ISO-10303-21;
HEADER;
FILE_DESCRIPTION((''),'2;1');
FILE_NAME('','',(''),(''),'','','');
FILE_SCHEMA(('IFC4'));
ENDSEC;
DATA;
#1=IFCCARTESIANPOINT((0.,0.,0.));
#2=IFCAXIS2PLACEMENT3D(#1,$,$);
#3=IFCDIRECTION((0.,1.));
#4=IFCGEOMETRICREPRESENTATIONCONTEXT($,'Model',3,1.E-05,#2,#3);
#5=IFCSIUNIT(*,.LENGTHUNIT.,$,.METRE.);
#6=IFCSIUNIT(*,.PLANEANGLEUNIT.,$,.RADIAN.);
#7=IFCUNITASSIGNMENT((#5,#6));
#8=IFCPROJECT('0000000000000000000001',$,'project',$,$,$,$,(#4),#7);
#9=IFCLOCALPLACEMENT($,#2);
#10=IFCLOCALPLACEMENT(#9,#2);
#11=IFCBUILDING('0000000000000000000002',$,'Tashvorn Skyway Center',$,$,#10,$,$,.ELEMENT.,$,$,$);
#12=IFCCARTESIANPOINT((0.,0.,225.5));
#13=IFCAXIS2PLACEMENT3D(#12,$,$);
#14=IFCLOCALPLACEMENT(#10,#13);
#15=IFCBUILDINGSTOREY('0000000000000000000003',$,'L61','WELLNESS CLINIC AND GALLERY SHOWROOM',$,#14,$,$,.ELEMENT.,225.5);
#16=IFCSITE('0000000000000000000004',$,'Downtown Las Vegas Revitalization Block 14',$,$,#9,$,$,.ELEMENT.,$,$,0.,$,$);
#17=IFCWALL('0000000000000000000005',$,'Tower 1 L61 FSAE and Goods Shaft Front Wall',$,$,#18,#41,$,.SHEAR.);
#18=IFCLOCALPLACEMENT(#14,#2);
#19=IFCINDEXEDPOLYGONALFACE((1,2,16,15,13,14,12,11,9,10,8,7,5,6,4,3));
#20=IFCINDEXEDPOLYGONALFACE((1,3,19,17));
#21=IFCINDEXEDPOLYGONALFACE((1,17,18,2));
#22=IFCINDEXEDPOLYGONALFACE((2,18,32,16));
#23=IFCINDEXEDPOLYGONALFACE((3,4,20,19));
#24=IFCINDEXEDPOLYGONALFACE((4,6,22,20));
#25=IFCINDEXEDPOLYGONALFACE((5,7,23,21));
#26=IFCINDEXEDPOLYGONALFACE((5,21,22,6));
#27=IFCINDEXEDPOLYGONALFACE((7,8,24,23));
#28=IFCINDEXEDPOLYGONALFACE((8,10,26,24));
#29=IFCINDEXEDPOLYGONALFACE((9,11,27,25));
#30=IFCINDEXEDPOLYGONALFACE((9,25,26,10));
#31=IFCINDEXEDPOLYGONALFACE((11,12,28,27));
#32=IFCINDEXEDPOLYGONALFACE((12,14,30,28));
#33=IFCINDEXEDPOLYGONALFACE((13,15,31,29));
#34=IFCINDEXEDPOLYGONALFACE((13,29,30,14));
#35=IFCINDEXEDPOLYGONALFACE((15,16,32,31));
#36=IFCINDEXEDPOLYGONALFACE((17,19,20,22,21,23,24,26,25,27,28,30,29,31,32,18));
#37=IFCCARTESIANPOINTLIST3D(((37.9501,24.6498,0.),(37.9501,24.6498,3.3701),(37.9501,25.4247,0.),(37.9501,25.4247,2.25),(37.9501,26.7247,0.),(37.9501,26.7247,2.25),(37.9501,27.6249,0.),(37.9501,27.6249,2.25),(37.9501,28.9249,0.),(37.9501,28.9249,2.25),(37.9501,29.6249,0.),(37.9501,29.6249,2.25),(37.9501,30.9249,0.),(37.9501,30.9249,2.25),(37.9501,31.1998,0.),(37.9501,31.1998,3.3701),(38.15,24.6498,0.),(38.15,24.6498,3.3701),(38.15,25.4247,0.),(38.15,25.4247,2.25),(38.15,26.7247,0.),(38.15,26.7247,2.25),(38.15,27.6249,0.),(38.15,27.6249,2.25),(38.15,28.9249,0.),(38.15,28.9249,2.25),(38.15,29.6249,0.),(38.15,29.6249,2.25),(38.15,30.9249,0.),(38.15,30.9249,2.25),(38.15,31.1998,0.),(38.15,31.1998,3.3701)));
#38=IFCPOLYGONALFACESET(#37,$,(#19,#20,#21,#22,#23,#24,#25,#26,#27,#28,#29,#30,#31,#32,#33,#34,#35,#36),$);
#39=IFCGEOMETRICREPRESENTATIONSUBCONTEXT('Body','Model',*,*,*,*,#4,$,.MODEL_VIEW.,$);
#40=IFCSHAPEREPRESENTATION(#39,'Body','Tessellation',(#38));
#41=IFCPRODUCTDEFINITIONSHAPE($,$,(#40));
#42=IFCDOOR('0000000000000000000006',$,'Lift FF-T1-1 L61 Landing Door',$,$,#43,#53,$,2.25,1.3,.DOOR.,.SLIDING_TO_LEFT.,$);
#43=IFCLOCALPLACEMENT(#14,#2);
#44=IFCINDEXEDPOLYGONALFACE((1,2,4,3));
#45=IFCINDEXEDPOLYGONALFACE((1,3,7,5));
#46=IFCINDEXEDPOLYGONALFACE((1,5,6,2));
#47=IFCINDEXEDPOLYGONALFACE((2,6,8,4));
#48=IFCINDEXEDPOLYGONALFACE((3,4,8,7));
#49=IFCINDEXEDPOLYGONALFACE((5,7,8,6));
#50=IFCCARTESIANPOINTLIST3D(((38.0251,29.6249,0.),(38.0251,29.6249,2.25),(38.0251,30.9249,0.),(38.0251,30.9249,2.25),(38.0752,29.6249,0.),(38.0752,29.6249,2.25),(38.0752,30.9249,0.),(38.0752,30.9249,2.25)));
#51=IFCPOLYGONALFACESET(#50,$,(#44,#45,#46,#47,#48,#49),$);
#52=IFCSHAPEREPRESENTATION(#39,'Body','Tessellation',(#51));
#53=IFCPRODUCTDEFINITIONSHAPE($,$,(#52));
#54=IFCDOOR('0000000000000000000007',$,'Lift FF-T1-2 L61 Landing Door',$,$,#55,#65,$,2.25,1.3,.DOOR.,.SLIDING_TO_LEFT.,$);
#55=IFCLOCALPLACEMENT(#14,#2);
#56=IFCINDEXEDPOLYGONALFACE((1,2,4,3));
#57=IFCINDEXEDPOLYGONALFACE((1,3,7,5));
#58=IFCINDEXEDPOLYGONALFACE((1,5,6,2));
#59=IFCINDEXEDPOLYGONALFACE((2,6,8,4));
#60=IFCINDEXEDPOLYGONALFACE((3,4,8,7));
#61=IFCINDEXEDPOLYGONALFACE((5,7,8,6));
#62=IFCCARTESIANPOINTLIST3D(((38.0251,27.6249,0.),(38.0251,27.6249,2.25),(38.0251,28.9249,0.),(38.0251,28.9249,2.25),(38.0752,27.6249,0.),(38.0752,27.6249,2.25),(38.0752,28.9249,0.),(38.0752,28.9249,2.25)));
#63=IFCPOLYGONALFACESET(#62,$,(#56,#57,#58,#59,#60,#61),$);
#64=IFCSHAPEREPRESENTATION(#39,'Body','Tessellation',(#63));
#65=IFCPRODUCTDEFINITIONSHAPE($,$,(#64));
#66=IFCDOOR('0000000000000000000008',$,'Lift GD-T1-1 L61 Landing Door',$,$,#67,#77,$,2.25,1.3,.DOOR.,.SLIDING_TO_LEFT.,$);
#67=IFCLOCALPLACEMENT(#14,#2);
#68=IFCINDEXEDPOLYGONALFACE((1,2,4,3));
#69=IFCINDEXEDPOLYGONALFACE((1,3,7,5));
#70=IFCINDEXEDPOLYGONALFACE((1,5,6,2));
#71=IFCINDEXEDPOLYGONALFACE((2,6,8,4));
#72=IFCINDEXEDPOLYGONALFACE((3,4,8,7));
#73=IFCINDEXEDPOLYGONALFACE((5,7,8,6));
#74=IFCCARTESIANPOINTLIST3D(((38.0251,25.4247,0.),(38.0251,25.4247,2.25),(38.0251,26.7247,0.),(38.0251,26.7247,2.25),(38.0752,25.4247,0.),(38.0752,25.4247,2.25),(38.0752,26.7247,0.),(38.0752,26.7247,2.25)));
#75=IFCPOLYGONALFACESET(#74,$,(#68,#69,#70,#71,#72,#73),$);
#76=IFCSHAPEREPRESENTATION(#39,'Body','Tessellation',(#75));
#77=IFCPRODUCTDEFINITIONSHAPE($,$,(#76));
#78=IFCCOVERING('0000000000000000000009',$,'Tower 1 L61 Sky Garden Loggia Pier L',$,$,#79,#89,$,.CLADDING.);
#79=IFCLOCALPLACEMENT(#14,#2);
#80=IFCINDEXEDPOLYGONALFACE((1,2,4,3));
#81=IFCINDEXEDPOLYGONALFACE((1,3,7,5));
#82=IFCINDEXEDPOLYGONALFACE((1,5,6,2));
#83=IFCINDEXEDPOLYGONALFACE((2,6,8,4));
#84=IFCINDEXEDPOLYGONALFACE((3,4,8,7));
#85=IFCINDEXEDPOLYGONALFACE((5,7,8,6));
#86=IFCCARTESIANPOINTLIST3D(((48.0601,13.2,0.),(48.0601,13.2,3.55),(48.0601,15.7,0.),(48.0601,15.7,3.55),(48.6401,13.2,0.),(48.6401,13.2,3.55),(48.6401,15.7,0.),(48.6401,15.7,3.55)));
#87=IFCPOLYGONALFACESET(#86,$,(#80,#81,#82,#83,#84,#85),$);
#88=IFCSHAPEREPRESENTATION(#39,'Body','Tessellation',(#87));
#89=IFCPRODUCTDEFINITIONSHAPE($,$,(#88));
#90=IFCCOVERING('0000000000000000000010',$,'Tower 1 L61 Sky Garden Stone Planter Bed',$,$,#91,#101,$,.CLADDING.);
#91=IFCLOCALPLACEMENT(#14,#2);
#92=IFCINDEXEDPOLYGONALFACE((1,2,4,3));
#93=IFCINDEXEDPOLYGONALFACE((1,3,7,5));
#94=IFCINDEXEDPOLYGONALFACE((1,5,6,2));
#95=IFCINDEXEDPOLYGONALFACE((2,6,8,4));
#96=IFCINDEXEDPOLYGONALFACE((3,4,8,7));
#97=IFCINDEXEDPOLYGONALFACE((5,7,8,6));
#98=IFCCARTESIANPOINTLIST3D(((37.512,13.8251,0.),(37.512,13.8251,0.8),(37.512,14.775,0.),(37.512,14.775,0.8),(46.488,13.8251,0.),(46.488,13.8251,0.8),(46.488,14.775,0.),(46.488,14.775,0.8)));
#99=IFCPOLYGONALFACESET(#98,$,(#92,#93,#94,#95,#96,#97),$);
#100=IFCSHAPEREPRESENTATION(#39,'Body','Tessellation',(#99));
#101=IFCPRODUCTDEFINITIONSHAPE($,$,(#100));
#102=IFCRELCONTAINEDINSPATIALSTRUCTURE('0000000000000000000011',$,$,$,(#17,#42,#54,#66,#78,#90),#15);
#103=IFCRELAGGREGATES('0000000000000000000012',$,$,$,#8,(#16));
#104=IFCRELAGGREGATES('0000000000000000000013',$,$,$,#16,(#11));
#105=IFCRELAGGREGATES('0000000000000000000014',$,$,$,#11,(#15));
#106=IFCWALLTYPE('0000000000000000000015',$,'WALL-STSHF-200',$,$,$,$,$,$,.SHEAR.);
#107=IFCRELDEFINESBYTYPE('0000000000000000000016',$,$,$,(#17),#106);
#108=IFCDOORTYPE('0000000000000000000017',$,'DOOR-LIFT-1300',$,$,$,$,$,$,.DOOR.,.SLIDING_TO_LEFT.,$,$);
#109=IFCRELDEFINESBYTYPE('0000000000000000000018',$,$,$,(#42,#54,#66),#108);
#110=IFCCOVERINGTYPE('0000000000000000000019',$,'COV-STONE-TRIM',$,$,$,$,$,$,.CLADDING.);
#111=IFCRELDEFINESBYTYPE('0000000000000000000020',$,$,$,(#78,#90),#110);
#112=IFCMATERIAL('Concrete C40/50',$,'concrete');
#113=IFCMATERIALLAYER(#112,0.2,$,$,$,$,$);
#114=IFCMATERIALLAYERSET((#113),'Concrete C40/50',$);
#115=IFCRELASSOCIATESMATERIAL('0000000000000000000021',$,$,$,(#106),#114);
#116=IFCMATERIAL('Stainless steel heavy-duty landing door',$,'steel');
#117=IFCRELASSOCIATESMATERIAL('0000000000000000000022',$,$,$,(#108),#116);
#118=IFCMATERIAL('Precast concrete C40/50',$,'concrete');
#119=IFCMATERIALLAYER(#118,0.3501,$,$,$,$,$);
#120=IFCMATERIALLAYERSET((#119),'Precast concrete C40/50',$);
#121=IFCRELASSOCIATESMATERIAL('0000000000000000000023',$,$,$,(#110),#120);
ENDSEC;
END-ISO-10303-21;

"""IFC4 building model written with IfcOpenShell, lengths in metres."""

from ifc_helpers import new_model, si_unit, direction, frame, frame_2d, origin, origin_2d, place, context, subcontext, project, spatial, rectangle, extrude, material, layer, layer_set, type_object, element, fill, save


model = new_model("IFC4")

# Units and contexts
model_context = context("Model", 3, precision=1e-05, world=origin(), true_north=direction((0.0, 1.0)))
body_context = subcontext(model_context, "Body", "Model", "MODEL_VIEW")
ifc_project = project(units=[si_unit("LENGTHUNIT", "METRE"), si_unit("PLANEANGLEUNIT", "RADIAN")], contexts=[model_context])

# Site, building, storey
site_placement = place(None, origin())
site = spatial("IfcSite", under=ifc_project, at=site_placement, Name="Downtown Las Vegas Revitalization Block 14", CompositionType="ELEMENT", RefElevation=0.0)
building_placement = place(site_placement, origin())
building = spatial("IfcBuilding", under=site, at=building_placement, Name="Tashvorn Skyway Center", CompositionType="ELEMENT")
storey_placement = place(building_placement, frame((0.0, 0.0, 225.5)))
storey = spatial("IfcBuildingStorey", under=building, at=storey_placement, Name="L61", Description="WELLNESS CLINIC AND GALLERY SHOWROOM", CompositionType="ELEMENT", Elevation=225.5)

# Wall, openings, doors
ifc_material_1 = material(Name="Concrete C40/50", Category="concrete")
ifc_layer_1 = layer(ifc_material_1, 0.2)
ifc_layer_set_1 = layer_set([ifc_layer_1], Name="Concrete C40/50")
wall_type_1 = type_object("IfcWallType", Name="WALL-STSHF-200", PredefinedType="SHEAR", material=ifc_layer_set_1)
wall_1_placement = place(storey_placement, frame((38.05, 24.6499, 0.0), z_axis=(0.0, 0.0, 1.0), x_axis=(0.0, 1.0, 0.0)))
wall_1 = element("IfcWall", 1, at=wall_1_placement, inside=storey, type_object=wall_type_1, Name="Tower 1 L61 FSAE and Goods Shaft Front Wall", PredefinedType="SHEAR", context=body_context, shape_type="SweptSolid", body=[
    extrude(rectangle(XDim=6.55, YDim=0.2, at=frame_2d((3.2749, 0.0))), origin(), (0.0, 0.0, 1.0), 3.3701),
])
opening_1_placement = place(wall_1_placement, frame((4.9751, 0.0, 0.0)))
opening_1 = element("IfcOpeningElement", 2, at=opening_1_placement, cuts=wall_1, PredefinedType="OPENING", context=body_context, shape_type="SweptSolid", body=[
    extrude(rectangle(XDim=1.3, YDim=2.25, at=frame_2d((0.6499, 1.125))), frame((0.0, 0.1099, 0.0), z_axis=(0.0, -1.0, 0.0), x_axis=(1.0, 0.0, 0.0)), (0.0, 0.0, 1.0), 0.22),
])
opening_2_placement = place(wall_1_placement, frame((2.9751, 0.0, 0.0)))
opening_2 = element("IfcOpeningElement", 3, at=opening_2_placement, cuts=wall_1, PredefinedType="OPENING", context=body_context, shape_type="SweptSolid", body=[
    extrude(rectangle(XDim=1.3, YDim=2.25, at=frame_2d((0.6499, 1.125))), frame((0.0, 0.1099, 0.0), z_axis=(0.0, -1.0, 0.0), x_axis=(1.0, 0.0, 0.0)), (0.0, 0.0, 1.0), 0.22),
])
opening_3_placement = place(wall_1_placement, frame((0.7749, 0.0, 0.0)))
opening_3 = element("IfcOpeningElement", 4, at=opening_3_placement, cuts=wall_1, PredefinedType="OPENING", context=body_context, shape_type="SweptSolid", body=[
    extrude(rectangle(XDim=1.3, YDim=2.25, at=frame_2d((0.6499, 1.125))), frame((0.0, 0.1099, 0.0), z_axis=(0.0, -1.0, 0.0), x_axis=(1.0, 0.0, 0.0)), (0.0, 0.0, 1.0), 0.22),
])
ifc_material_2 = material(Name="Stainless steel heavy-duty landing door", Category="steel")
door_type_1 = type_object("IfcDoorType", Name="DOOR-LIFT-1300", OperationType="SLIDING_TO_LEFT", PredefinedType="DOOR", material=ifc_material_2)
door_1_placement = place(opening_1_placement, origin())
door_1 = element("IfcDoor", 5, at=door_1_placement, inside=storey, type_object=door_type_1, Name="Lift FF-T1-1 L61 Landing Door", OperationType="SLIDING_TO_LEFT", OverallHeight=2.25, OverallWidth=1.3, PredefinedType="DOOR", context=body_context, shape_type="SweptSolid", body=[
    extrude(rectangle(XDim=1.3, YDim=2.25, at=frame_2d((0.6499, 1.125))), frame((0.0, 0.0249, 0.0), z_axis=(0.0, -1.0, 0.0), x_axis=(1.0, 0.0, 0.0)), (0.0, 0.0, 1.0), 0.05),
])
fill(opening_1, door_1)
door_2_placement = place(opening_2_placement, origin())
door_2 = element("IfcDoor", 6, at=door_2_placement, inside=storey, type_object=door_type_1, Name="Lift FF-T1-2 L61 Landing Door", OperationType="SLIDING_TO_LEFT", OverallHeight=2.25, OverallWidth=1.3, PredefinedType="DOOR", context=body_context, shape_type="SweptSolid", body=[
    extrude(rectangle(XDim=1.3, YDim=2.25, at=frame_2d((0.6499, 1.125))), frame((0.0, 0.0249, 0.0), z_axis=(0.0, -1.0, 0.0), x_axis=(1.0, 0.0, 0.0)), (0.0, 0.0, 1.0), 0.05),
])
fill(opening_2, door_2)
door_3_placement = place(opening_3_placement, origin())
door_3 = element("IfcDoor", 7, at=door_3_placement, inside=storey, type_object=door_type_1, Name="Lift GD-T1-1 L61 Landing Door", OperationType="SLIDING_TO_LEFT", OverallHeight=2.25, OverallWidth=1.3, PredefinedType="DOOR", context=body_context, shape_type="SweptSolid", body=[
    extrude(rectangle(XDim=1.3, YDim=2.25, at=frame_2d((0.6499, 1.125))), frame((0.0, 0.0249, 0.0), z_axis=(0.0, -1.0, 0.0), x_axis=(1.0, 0.0, 0.0)), (0.0, 0.0, 1.0), 0.05),
])
fill(opening_3, door_3)

# Coverings
ifc_material_3 = material(Name="Precast concrete C40/50", Category="concrete")
ifc_layer_2 = layer(ifc_material_3, 0.3501)
ifc_layer_set_2 = layer_set([ifc_layer_2], Name="Precast concrete C40/50")
covering_type = type_object("IfcCoveringType", Name="COV-STONE-TRIM", PredefinedType="CLADDING", material=ifc_layer_set_2)
covering_1_placement = place(storey_placement, frame((48.3501, 14.45, 0.0), z_axis=(0.0, 0.0, 1.0), x_axis=(-1.0, 0.0, 0.0)))
element("IfcCovering", 8, at=covering_1_placement, inside=storey, type_object=covering_type, Name="Tower 1 L61 Sky Garden Loggia Pier L", PredefinedType="CLADDING", context=body_context, shape_type="SweptSolid", body=[
    extrude(rectangle(XDim=0.5801, YDim=2.5, at=origin_2d()), origin(), (0.0, 0.0, 1.0), 3.55),
])
covering_2_placement = place(storey_placement, frame((42.0, 14.3, 0.0), z_axis=(0.0, 0.0, 1.0), x_axis=(-1.0, 0.0, 0.0)))
element("IfcCovering", 9, at=covering_2_placement, inside=storey, type_object=covering_type, Name="Tower 1 L61 Sky Garden Stone Planter Bed", PredefinedType="CLADDING", context=body_context, shape_type="SweptSolid", body=[
    extrude(rectangle(XDim=8.9761, YDim=0.95, at=origin_2d()), origin(), (0.0, 0.0, 1.0), 0.8),
])

save(model, "model.ifc")
